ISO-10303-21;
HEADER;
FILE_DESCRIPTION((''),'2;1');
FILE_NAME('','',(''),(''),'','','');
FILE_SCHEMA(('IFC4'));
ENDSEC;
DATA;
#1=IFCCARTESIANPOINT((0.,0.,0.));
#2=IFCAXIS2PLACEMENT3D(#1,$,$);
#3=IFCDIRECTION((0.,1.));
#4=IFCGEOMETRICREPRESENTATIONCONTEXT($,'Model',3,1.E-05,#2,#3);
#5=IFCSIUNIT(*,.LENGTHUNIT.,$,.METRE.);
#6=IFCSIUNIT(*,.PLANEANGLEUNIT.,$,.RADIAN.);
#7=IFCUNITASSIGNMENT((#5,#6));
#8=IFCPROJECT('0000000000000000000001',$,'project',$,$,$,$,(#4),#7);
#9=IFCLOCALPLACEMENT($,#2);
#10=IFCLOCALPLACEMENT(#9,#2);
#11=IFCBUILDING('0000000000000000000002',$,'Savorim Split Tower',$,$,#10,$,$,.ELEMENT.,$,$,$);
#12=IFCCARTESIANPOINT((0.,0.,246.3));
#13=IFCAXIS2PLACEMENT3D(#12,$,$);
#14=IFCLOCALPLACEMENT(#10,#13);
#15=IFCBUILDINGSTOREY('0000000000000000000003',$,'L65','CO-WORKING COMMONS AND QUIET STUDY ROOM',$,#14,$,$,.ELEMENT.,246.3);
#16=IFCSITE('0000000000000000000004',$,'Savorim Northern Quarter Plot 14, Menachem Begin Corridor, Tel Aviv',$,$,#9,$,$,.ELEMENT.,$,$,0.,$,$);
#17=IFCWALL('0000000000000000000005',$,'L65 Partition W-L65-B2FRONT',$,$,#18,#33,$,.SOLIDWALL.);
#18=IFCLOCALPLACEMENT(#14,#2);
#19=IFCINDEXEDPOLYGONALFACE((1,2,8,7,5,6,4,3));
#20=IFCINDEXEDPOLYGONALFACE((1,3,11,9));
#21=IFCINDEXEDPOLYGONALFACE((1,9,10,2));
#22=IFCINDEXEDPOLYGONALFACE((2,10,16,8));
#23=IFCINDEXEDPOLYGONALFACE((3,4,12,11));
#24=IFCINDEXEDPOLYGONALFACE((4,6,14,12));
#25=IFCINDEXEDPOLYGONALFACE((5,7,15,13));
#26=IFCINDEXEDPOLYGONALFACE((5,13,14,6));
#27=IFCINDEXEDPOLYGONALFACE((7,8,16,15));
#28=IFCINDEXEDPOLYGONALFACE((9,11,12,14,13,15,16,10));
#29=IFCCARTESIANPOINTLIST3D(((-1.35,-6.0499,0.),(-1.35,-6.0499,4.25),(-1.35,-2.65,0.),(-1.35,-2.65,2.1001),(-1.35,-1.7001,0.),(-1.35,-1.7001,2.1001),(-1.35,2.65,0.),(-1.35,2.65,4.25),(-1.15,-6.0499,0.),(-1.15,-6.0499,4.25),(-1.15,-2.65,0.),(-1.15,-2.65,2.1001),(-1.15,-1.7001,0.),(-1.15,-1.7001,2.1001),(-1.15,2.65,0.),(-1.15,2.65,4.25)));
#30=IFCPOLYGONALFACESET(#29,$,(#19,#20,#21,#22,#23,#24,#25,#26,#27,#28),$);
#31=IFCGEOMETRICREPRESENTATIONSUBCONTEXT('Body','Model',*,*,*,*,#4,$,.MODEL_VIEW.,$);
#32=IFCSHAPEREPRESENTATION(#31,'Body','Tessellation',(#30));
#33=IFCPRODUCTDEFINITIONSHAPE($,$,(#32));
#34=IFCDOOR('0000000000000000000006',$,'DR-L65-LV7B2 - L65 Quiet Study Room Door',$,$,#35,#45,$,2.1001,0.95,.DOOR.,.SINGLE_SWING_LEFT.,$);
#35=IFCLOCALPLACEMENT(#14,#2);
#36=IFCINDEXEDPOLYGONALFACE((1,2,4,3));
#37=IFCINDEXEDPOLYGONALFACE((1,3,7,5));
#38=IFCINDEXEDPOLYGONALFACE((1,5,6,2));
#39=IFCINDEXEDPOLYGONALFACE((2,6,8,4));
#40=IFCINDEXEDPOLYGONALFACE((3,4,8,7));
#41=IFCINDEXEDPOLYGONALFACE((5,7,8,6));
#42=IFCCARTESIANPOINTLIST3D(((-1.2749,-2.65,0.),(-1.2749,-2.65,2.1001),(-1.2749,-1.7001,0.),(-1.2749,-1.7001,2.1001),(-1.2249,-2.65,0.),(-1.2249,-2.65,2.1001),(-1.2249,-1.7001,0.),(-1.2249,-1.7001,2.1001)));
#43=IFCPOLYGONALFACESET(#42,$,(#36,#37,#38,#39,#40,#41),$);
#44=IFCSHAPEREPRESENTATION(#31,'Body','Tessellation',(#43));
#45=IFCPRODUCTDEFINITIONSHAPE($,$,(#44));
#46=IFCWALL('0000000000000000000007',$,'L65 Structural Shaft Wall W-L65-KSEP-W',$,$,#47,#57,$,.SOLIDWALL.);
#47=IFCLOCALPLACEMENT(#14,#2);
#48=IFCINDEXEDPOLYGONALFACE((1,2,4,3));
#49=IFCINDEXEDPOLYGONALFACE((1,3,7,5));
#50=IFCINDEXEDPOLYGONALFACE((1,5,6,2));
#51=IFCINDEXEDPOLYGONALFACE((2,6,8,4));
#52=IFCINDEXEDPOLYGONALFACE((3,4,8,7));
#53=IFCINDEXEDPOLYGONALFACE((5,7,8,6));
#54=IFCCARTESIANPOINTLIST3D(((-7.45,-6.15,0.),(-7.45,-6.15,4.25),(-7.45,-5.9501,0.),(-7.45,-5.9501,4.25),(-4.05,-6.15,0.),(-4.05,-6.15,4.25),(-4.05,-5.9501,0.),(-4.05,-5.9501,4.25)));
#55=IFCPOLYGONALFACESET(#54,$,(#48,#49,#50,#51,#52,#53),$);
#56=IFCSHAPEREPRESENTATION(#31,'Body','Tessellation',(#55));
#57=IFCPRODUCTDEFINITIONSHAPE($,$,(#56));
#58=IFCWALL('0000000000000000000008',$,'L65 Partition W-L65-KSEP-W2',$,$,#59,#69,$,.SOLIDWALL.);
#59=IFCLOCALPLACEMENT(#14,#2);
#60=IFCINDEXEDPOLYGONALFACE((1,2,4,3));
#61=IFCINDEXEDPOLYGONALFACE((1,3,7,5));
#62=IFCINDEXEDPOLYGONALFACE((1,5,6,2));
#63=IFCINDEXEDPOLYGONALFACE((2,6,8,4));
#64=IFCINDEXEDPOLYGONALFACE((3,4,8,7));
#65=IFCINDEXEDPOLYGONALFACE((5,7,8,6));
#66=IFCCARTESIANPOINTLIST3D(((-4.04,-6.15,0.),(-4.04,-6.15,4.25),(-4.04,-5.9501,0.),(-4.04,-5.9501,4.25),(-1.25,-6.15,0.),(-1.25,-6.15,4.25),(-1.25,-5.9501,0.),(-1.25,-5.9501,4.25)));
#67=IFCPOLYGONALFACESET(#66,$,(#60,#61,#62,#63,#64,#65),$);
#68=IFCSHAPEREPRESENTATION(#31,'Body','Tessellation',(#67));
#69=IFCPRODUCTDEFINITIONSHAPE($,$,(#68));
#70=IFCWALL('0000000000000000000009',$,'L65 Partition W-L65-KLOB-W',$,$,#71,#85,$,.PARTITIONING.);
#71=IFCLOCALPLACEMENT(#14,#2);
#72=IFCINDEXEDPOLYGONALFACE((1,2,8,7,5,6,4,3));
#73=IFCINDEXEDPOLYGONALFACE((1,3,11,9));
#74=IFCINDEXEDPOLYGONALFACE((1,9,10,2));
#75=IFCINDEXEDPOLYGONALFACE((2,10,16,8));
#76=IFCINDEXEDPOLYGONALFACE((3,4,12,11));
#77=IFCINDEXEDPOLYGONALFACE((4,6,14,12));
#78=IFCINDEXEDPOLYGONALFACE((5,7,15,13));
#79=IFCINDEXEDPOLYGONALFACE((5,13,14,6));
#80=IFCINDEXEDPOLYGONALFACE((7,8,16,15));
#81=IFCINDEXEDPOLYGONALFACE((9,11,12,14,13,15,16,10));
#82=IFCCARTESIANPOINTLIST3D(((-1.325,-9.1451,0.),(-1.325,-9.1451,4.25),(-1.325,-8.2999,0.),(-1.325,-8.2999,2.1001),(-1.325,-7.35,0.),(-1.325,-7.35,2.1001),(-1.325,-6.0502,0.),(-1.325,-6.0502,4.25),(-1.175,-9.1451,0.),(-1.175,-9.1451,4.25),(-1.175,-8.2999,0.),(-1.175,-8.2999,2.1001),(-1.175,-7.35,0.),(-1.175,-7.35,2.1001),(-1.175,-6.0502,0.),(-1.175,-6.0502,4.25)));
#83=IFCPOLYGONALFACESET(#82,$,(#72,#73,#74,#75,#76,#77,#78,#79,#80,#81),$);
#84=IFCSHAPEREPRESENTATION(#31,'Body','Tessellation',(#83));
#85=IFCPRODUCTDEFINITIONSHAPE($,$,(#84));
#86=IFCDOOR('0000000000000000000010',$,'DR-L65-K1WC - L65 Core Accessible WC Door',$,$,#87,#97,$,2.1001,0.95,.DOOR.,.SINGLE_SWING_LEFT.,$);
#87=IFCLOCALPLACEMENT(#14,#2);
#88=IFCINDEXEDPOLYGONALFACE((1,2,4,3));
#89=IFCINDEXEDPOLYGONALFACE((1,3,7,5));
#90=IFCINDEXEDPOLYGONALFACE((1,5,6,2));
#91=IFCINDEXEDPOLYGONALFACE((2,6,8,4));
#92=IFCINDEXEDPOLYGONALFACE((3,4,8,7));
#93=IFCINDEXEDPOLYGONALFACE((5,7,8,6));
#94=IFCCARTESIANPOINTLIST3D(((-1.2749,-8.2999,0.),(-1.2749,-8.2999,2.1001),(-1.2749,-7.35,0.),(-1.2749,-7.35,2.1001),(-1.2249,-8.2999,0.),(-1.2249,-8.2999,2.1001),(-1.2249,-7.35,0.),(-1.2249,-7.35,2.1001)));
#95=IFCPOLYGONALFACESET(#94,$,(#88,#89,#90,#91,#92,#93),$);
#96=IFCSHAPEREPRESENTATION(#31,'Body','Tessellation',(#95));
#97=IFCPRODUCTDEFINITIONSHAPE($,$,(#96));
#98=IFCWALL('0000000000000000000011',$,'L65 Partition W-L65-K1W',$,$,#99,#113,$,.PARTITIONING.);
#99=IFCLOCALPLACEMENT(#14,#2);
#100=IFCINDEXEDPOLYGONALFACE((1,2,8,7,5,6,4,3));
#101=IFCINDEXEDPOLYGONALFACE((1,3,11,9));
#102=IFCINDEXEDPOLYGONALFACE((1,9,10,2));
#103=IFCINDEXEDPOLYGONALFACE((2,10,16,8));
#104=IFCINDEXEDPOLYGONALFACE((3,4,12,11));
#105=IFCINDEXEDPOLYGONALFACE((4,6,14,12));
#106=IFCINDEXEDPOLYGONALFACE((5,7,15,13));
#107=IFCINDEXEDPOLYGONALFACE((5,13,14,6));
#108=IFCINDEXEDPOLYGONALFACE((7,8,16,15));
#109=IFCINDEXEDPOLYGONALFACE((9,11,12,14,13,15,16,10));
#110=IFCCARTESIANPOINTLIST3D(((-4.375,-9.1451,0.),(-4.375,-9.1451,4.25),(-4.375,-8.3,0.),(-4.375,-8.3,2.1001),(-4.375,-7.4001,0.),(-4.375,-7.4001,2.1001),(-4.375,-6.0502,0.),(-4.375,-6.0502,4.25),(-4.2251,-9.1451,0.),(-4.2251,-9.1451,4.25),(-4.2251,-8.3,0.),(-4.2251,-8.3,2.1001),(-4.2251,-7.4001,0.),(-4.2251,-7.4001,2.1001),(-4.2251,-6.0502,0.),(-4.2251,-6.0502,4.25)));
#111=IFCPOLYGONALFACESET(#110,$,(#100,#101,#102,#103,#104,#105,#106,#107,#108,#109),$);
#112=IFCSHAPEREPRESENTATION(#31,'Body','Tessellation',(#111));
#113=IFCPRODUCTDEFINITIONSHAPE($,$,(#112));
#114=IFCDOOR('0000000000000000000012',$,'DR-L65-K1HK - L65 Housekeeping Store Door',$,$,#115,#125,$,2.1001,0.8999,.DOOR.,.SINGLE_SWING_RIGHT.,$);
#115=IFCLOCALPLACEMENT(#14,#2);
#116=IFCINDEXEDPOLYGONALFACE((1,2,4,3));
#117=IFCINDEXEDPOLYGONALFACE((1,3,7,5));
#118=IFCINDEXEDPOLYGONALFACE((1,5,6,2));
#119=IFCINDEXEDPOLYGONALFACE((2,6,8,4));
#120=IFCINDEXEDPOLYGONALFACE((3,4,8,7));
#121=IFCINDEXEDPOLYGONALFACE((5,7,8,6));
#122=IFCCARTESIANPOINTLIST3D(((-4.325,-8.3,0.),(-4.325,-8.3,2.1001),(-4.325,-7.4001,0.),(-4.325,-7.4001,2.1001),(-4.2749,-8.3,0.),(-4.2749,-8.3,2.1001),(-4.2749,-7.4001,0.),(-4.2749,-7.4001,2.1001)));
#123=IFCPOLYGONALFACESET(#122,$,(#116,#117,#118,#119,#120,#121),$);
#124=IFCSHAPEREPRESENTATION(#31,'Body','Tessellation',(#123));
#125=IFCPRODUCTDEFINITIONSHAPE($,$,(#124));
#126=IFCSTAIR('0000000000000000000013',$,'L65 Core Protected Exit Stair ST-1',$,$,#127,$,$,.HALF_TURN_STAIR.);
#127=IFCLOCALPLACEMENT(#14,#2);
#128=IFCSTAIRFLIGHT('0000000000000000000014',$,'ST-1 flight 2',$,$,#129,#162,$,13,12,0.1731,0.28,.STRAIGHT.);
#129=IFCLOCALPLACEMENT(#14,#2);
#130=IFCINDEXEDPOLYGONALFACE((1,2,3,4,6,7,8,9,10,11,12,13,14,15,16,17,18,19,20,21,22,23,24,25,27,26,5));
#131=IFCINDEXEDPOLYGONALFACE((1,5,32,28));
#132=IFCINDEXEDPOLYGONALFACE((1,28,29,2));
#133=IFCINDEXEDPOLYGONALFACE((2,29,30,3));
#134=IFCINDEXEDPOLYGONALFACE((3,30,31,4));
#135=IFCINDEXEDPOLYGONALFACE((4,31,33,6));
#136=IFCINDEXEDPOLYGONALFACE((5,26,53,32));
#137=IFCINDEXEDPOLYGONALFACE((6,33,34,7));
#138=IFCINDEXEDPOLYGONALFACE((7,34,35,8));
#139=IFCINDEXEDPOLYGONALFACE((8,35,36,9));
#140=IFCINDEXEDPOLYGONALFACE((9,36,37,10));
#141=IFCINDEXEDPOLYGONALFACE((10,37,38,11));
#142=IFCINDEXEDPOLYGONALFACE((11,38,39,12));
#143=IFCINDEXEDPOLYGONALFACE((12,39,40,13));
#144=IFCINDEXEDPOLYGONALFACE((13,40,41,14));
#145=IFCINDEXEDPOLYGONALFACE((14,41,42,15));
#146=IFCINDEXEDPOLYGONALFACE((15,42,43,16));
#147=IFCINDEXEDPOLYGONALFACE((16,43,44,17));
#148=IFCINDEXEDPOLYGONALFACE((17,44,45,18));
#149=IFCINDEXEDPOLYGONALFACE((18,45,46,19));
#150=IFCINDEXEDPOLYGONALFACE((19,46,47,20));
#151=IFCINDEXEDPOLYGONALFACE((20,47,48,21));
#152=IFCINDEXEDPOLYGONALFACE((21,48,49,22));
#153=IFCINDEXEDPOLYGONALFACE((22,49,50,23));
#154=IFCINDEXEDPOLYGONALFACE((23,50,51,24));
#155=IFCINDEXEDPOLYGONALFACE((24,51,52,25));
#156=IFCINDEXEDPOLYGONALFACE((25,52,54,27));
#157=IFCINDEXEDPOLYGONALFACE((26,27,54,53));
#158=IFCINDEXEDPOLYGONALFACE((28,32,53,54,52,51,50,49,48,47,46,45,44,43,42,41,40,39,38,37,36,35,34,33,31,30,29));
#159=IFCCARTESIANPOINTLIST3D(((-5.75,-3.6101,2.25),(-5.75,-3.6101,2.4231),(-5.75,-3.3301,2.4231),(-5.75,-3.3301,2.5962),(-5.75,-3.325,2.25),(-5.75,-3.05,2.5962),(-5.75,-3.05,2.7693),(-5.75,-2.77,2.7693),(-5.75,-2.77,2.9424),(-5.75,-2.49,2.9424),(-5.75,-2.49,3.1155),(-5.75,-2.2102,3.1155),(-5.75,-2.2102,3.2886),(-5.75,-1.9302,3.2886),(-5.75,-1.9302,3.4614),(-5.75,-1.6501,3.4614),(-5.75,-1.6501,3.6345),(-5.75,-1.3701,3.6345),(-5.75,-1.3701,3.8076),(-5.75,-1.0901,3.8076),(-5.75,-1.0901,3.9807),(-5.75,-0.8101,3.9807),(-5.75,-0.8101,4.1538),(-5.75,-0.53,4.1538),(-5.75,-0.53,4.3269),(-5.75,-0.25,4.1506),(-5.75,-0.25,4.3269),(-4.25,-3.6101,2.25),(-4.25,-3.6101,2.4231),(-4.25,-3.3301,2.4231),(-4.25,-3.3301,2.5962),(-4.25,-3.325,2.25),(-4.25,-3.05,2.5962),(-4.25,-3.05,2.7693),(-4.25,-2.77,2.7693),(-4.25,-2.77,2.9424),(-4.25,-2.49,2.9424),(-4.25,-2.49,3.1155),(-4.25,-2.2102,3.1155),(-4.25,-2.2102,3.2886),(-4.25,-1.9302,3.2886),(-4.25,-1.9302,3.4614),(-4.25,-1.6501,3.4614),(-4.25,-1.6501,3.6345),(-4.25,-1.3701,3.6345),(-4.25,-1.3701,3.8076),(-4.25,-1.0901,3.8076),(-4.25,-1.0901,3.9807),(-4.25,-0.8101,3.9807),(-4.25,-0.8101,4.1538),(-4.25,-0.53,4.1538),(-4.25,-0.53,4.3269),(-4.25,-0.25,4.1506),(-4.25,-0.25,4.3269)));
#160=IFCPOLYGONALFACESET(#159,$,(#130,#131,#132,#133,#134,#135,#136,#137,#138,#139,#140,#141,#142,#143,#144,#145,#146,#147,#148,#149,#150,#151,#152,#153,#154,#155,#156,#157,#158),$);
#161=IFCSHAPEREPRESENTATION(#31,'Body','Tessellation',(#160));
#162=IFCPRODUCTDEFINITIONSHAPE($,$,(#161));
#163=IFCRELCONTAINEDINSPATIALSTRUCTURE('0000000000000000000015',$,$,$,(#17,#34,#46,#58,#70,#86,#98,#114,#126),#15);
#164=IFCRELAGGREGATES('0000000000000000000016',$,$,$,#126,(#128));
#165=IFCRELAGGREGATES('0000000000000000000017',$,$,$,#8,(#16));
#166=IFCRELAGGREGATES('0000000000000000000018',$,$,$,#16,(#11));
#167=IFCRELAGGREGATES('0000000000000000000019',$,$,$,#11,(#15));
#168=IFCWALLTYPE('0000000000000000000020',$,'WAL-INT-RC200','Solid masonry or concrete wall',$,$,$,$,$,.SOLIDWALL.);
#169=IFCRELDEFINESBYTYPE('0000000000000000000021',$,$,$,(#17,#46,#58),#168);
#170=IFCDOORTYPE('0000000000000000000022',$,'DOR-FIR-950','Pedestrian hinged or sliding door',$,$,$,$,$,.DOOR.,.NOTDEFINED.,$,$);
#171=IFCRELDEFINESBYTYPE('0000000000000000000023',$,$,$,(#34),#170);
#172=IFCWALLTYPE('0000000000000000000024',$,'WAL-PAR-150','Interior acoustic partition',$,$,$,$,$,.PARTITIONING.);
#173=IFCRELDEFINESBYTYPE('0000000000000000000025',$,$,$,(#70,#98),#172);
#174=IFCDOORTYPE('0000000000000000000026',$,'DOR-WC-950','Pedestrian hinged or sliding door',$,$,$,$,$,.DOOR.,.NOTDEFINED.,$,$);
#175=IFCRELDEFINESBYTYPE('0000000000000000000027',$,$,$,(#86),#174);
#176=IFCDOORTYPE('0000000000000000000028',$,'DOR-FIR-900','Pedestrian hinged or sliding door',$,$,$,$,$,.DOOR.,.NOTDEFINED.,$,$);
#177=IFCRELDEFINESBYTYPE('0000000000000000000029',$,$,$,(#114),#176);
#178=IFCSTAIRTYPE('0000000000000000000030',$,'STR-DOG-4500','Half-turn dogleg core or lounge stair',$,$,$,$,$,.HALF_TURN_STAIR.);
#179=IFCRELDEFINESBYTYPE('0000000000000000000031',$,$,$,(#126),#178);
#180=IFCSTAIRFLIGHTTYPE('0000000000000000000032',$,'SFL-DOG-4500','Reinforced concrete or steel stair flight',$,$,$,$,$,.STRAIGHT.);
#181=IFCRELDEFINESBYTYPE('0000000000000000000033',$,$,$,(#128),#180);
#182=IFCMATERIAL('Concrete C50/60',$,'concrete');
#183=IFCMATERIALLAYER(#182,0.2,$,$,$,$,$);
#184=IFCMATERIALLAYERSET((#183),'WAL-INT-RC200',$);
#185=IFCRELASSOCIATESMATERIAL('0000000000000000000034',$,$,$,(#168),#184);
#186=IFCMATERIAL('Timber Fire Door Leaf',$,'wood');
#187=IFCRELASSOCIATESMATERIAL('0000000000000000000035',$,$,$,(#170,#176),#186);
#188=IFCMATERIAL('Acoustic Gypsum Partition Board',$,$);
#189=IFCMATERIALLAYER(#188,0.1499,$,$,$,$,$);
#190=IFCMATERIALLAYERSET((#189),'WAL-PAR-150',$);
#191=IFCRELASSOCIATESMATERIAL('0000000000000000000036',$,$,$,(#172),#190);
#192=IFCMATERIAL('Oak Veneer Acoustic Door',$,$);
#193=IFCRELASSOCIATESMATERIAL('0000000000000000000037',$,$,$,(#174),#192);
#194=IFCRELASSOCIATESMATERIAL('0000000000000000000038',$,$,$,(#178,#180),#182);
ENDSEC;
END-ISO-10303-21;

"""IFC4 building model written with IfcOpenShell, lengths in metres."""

from ifc_helpers import new_model, si_unit, direction, frame, frame_2d, origin, place, context, subcontext, project, spatial, polyline, rectangle, outline, extrude, material, layer, layer_set, type_object, element, fill, aggregate, save


model = new_model("IFC4")

# Units and contexts
model_context = context("Model", 3, precision=1e-05, world=origin(), true_north=direction((0.0, 1.0)))
body_context = subcontext(model_context, "Body", "Model", "MODEL_VIEW")
ifc_project = project(units=[si_unit("LENGTHUNIT", "METRE"), si_unit("PLANEANGLEUNIT", "RADIAN")], contexts=[model_context])

# Site, building, storey
site_placement = place(None, origin())
site = spatial("IfcSite", under=ifc_project, at=site_placement, Name="Savorim Northern Quarter Plot 14, Menachem Begin Corridor, Tel Aviv", CompositionType="ELEMENT", RefElevation=0.0)
building_placement = place(site_placement, origin())
building = spatial("IfcBuilding", under=site, at=building_placement, Name="Savorim Split Tower", CompositionType="ELEMENT")
storey_placement = place(building_placement, frame((0.0, 0.0, 246.3)))
storey = spatial("IfcBuildingStorey", under=building, at=storey_placement, Name="L65", Description="CO-WORKING COMMONS AND QUIET STUDY ROOM", CompositionType="ELEMENT", Elevation=246.3)

# Shared definitions
ifc_material_1 = material(Name="Timber Fire Door Leaf", Category="wood")

# Shared definitions
ifc_material_2 = material(Name="Concrete C50/60", Category="concrete")
ifc_layer_1 = layer(ifc_material_2, 0.2)
ifc_layer_set_1 = layer_set([ifc_layer_1], Name="WAL-INT-RC200")
wall_type_1 = type_object("IfcWallType", Name="WAL-INT-RC200", Description="Solid masonry or concrete wall", PredefinedType="SOLIDWALL", material=ifc_layer_set_1)

# Wall, opening, door
wall_1_placement = place(storey_placement, frame((-1.25, -6.05, 0.0), z_axis=(0.0, 0.0, 1.0), x_axis=(0.0, 1.0, 0.0)))
wall_1 = element("IfcWall", 1, at=wall_1_placement, inside=storey, type_object=wall_type_1, Name="L65 Partition W-L65-B2FRONT", PredefinedType="SOLIDWALL", context=body_context, shape_type="SweptSolid", body=[
    extrude(rectangle(XDim=8.7, YDim=0.2, at=frame_2d((4.3501, 0.0))), origin(), (0.0, 0.0, 1.0), 4.25),
])
opening_1_placement = place(wall_1_placement, frame((3.3999, 0.0, 0.0)))
opening_1 = element("IfcOpeningElement", 2, at=opening_1_placement, cuts=wall_1, PredefinedType="OPENING", context=body_context, shape_type="SweptSolid", body=[
    extrude(rectangle(XDim=0.95, YDim=2.1001, at=frame_2d((0.4751, 1.05))), frame((0.0, 0.1099, 0.0), z_axis=(0.0, -1.0, 0.0), x_axis=(1.0, 0.0, 0.0)), (0.0, 0.0, 1.0), 0.22),
])
door_type_1 = type_object("IfcDoorType", Name="DOR-FIR-950", Description="Pedestrian hinged or sliding door", OperationType="NOTDEFINED", PredefinedType="DOOR", material=ifc_material_1)
door_1_placement = place(opening_1_placement, origin())
door_1 = element("IfcDoor", 3, at=door_1_placement, inside=storey, type_object=door_type_1, Name="DR-L65-LV7B2 - L65 Quiet Study Room Door", OperationType="SINGLE_SWING_LEFT", OverallHeight=2.1001, OverallWidth=0.95, PredefinedType="DOOR", context=body_context, shape_type="SweptSolid", body=[
    extrude(rectangle(XDim=0.95, YDim=2.1001, at=frame_2d((0.4751, 1.05))), frame((0.0, 0.0249, 0.0), z_axis=(0.0, -1.0, 0.0), x_axis=(1.0, 0.0, 0.0)), (0.0, 0.0, 1.0), 0.05),
])
fill(opening_1, door_1)

# Walls
wall_2_placement = place(storey_placement, frame((-7.45, -6.05, 0.0), z_axis=(0.0, 0.0, 1.0), x_axis=(1.0, 0.0, 0.0)))
element("IfcWall", 4, at=wall_2_placement, inside=storey, type_object=wall_type_1, Name="L65 Structural Shaft Wall W-L65-KSEP-W", PredefinedType="SOLIDWALL", context=body_context, shape_type="SweptSolid", body=[
    extrude(rectangle(XDim=3.3999, YDim=0.2, at=frame_2d((1.7, 0.0))), origin(), (0.0, 0.0, 1.0), 4.25),
])
wall_3_placement = place(storey_placement, frame((-4.04, -6.05, 0.0), z_axis=(0.0, 0.0, 1.0), x_axis=(1.0, 0.0, 0.0)))
element("IfcWall", 5, at=wall_3_placement, inside=storey, type_object=wall_type_1, Name="L65 Partition W-L65-KSEP-W2", PredefinedType="SOLIDWALL", context=body_context, shape_type="SweptSolid", body=[
    extrude(rectangle(XDim=2.79, YDim=0.2, at=frame_2d((1.395, 0.0))), origin(), (0.0, 0.0, 1.0), 4.25),
])

# Walls, openings, doors
ifc_material_3 = material(Name="Acoustic Gypsum Partition Board")
ifc_layer_2 = layer(ifc_material_3, 0.1499)
ifc_layer_set_2 = layer_set([ifc_layer_2], Name="WAL-PAR-150")
wall_type_2 = type_object("IfcWallType", Name="WAL-PAR-150", Description="Interior acoustic partition", PredefinedType="PARTITIONING", material=ifc_layer_set_2)
wall_4_placement = place(storey_placement, frame((-1.25, -9.145, 0.0), z_axis=(0.0, 0.0, 1.0), x_axis=(0.0, 1.0, 0.0)))
wall_4 = element("IfcWall", 6, at=wall_4_placement, inside=storey, type_object=wall_type_2, Name="L65 Partition W-L65-KLOB-W", PredefinedType="PARTITIONING", context=body_context, shape_type="SweptSolid", body=[
    extrude(rectangle(XDim=3.095, YDim=0.1499, at=frame_2d((1.5474, 0.0))), origin(), (0.0, 0.0, 1.0), 4.25),
])
opening_2_placement = place(wall_4_placement, frame((0.845, 0.0, 0.0)))
opening_2 = element("IfcOpeningElement", 7, at=opening_2_placement, cuts=wall_4, PredefinedType="OPENING", context=body_context, shape_type="SweptSolid", body=[
    extrude(rectangle(XDim=0.95, YDim=2.1001, at=frame_2d((0.4751, 1.05))), frame((0.0, 0.085, 0.0), z_axis=(0.0, -1.0, 0.0), x_axis=(1.0, 0.0, 0.0)), (0.0, 0.0, 1.0), 0.1699),
])
ifc_material_4 = material(Name="Oak Veneer Acoustic Door")
door_type_2 = type_object("IfcDoorType", Name="DOR-WC-950", Description="Pedestrian hinged or sliding door", OperationType="NOTDEFINED", PredefinedType="DOOR", material=ifc_material_4)
door_2_placement = place(opening_2_placement, origin())
door_2 = element("IfcDoor", 8, at=door_2_placement, inside=storey, type_object=door_type_2, Name="DR-L65-K1WC - L65 Core Accessible WC Door", OperationType="SINGLE_SWING_LEFT", OverallHeight=2.1001, OverallWidth=0.95, PredefinedType="DOOR", context=body_context, shape_type="SweptSolid", body=[
    extrude(rectangle(XDim=0.95, YDim=2.1001, at=frame_2d((0.4751, 1.05))), frame((0.0, 0.0249, 0.0), z_axis=(0.0, -1.0, 0.0), x_axis=(1.0, 0.0, 0.0)), (0.0, 0.0, 1.0), 0.05),
])
fill(opening_2, door_2)
wall_5_placement = place(storey_placement, frame((-4.3, -9.145, 0.0), z_axis=(0.0, 0.0, 1.0), x_axis=(0.0, 1.0, 0.0)))
wall_5 = element("IfcWall", 9, at=wall_5_placement, inside=storey, type_object=wall_type_2, Name="L65 Partition W-L65-K1W", PredefinedType="PARTITIONING", context=body_context, shape_type="SweptSolid", body=[
    extrude(rectangle(XDim=3.095, YDim=0.1499, at=frame_2d((1.5474, 0.0))), origin(), (0.0, 0.0, 1.0), 4.25),
])
opening_3_placement = place(wall_5_placement, frame((0.845, 0.0, 0.0)))
opening_3 = element("IfcOpeningElement", 10, at=opening_3_placement, cuts=wall_5, PredefinedType="OPENING", context=body_context, shape_type="SweptSolid", body=[
    extrude(rectangle(XDim=0.8999, YDim=2.1001, at=frame_2d((0.45, 1.05))), frame((0.0, 0.085, 0.0), z_axis=(0.0, -1.0, 0.0), x_axis=(1.0, 0.0, 0.0)), (0.0, 0.0, 1.0), 0.1699),
])
door_type_3 = type_object("IfcDoorType", Name="DOR-FIR-900", Description="Pedestrian hinged or sliding door", OperationType="NOTDEFINED", PredefinedType="DOOR", material=ifc_material_1)
door_3_placement = place(opening_3_placement, origin())
door_3 = element("IfcDoor", 11, at=door_3_placement, inside=storey, type_object=door_type_3, Name="DR-L65-K1HK - L65 Housekeeping Store Door", OperationType="SINGLE_SWING_RIGHT", OverallHeight=2.1001, OverallWidth=0.8999, PredefinedType="DOOR", context=body_context, shape_type="SweptSolid", body=[
    extrude(rectangle(XDim=0.8999, YDim=2.1001, at=frame_2d((0.45, 1.05))), frame((0.0, 0.0249, 0.0), z_axis=(0.0, -1.0, 0.0), x_axis=(1.0, 0.0, 0.0)), (0.0, 0.0, 1.0), 0.05),
])
fill(opening_3, door_3)

# Stair, stair flight
stair_type = type_object("IfcStairType", Name="STR-DOG-4500", Description="Half-turn dogleg core or lounge stair", PredefinedType="HALF_TURN_STAIR", material=ifc_material_2)
stair_placement = place(storey_placement, origin())
stair = element("IfcStair", 12, at=stair_placement, inside=storey, type_object=stair_type, Name="L65 Core Protected Exit Stair ST-1", PredefinedType="HALF_TURN_STAIR")
stair_flight_type = type_object("IfcStairFlightType", Name="SFL-DOG-4500", Description="Reinforced concrete or steel stair flight", PredefinedType="STRAIGHT", material=ifc_material_2)
stair_flight_placement = place(storey_placement, frame((-5.0, -3.6101, 2.25), z_axis=(0.0, 0.0, 1.0), x_axis=(0.0, 1.0, 0.0)))
stair_flight = element("IfcStairFlight", 13, at=stair_flight_placement, type_object=stair_flight_type, Name="ST-1 flight 2", NumberOfRisers=13, NumberOfTreads=12, PredefinedType="STRAIGHT", RiserHeight=0.1731, TreadLength=0.28, context=body_context, shape_type="SweptSolid", body=[
    extrude(outline(polyline([(0.0, 0.0), (0.0, 0.1731), (0.28, 0.1731), (0.28, 0.3462), (0.5601, 0.3462), (0.5601, 0.5193), (0.8401, 0.5193), (0.8401, 0.6924), (1.1201, 0.6924), (1.1201, 0.8655), (1.3999, 0.8655), (1.3999, 1.0386), (1.6799, 1.0386), (1.6799, 1.2114), (1.96, 1.2114), (1.96, 1.3845), (2.24, 1.3845), (2.24, 1.5576), (2.52, 1.5576), (2.52, 1.7307), (2.8, 1.7307), (2.8, 1.9038), (3.0801, 1.9038), (3.0801, 2.0769), (3.3601, 2.0769), (3.3601, 2.25), (3.3601, 1.9006), (0.2852, 0.0), (0.0, 0.0)])), frame((0.0, 0.75, 0.0), z_axis=(0.0, -1.0, 0.0), x_axis=(1.0, 0.0, 0.0)), (0.0, 0.0, 1.0), 1.5),
])
aggregate(stair, [stair_flight])

save(model, "model.ifc")
